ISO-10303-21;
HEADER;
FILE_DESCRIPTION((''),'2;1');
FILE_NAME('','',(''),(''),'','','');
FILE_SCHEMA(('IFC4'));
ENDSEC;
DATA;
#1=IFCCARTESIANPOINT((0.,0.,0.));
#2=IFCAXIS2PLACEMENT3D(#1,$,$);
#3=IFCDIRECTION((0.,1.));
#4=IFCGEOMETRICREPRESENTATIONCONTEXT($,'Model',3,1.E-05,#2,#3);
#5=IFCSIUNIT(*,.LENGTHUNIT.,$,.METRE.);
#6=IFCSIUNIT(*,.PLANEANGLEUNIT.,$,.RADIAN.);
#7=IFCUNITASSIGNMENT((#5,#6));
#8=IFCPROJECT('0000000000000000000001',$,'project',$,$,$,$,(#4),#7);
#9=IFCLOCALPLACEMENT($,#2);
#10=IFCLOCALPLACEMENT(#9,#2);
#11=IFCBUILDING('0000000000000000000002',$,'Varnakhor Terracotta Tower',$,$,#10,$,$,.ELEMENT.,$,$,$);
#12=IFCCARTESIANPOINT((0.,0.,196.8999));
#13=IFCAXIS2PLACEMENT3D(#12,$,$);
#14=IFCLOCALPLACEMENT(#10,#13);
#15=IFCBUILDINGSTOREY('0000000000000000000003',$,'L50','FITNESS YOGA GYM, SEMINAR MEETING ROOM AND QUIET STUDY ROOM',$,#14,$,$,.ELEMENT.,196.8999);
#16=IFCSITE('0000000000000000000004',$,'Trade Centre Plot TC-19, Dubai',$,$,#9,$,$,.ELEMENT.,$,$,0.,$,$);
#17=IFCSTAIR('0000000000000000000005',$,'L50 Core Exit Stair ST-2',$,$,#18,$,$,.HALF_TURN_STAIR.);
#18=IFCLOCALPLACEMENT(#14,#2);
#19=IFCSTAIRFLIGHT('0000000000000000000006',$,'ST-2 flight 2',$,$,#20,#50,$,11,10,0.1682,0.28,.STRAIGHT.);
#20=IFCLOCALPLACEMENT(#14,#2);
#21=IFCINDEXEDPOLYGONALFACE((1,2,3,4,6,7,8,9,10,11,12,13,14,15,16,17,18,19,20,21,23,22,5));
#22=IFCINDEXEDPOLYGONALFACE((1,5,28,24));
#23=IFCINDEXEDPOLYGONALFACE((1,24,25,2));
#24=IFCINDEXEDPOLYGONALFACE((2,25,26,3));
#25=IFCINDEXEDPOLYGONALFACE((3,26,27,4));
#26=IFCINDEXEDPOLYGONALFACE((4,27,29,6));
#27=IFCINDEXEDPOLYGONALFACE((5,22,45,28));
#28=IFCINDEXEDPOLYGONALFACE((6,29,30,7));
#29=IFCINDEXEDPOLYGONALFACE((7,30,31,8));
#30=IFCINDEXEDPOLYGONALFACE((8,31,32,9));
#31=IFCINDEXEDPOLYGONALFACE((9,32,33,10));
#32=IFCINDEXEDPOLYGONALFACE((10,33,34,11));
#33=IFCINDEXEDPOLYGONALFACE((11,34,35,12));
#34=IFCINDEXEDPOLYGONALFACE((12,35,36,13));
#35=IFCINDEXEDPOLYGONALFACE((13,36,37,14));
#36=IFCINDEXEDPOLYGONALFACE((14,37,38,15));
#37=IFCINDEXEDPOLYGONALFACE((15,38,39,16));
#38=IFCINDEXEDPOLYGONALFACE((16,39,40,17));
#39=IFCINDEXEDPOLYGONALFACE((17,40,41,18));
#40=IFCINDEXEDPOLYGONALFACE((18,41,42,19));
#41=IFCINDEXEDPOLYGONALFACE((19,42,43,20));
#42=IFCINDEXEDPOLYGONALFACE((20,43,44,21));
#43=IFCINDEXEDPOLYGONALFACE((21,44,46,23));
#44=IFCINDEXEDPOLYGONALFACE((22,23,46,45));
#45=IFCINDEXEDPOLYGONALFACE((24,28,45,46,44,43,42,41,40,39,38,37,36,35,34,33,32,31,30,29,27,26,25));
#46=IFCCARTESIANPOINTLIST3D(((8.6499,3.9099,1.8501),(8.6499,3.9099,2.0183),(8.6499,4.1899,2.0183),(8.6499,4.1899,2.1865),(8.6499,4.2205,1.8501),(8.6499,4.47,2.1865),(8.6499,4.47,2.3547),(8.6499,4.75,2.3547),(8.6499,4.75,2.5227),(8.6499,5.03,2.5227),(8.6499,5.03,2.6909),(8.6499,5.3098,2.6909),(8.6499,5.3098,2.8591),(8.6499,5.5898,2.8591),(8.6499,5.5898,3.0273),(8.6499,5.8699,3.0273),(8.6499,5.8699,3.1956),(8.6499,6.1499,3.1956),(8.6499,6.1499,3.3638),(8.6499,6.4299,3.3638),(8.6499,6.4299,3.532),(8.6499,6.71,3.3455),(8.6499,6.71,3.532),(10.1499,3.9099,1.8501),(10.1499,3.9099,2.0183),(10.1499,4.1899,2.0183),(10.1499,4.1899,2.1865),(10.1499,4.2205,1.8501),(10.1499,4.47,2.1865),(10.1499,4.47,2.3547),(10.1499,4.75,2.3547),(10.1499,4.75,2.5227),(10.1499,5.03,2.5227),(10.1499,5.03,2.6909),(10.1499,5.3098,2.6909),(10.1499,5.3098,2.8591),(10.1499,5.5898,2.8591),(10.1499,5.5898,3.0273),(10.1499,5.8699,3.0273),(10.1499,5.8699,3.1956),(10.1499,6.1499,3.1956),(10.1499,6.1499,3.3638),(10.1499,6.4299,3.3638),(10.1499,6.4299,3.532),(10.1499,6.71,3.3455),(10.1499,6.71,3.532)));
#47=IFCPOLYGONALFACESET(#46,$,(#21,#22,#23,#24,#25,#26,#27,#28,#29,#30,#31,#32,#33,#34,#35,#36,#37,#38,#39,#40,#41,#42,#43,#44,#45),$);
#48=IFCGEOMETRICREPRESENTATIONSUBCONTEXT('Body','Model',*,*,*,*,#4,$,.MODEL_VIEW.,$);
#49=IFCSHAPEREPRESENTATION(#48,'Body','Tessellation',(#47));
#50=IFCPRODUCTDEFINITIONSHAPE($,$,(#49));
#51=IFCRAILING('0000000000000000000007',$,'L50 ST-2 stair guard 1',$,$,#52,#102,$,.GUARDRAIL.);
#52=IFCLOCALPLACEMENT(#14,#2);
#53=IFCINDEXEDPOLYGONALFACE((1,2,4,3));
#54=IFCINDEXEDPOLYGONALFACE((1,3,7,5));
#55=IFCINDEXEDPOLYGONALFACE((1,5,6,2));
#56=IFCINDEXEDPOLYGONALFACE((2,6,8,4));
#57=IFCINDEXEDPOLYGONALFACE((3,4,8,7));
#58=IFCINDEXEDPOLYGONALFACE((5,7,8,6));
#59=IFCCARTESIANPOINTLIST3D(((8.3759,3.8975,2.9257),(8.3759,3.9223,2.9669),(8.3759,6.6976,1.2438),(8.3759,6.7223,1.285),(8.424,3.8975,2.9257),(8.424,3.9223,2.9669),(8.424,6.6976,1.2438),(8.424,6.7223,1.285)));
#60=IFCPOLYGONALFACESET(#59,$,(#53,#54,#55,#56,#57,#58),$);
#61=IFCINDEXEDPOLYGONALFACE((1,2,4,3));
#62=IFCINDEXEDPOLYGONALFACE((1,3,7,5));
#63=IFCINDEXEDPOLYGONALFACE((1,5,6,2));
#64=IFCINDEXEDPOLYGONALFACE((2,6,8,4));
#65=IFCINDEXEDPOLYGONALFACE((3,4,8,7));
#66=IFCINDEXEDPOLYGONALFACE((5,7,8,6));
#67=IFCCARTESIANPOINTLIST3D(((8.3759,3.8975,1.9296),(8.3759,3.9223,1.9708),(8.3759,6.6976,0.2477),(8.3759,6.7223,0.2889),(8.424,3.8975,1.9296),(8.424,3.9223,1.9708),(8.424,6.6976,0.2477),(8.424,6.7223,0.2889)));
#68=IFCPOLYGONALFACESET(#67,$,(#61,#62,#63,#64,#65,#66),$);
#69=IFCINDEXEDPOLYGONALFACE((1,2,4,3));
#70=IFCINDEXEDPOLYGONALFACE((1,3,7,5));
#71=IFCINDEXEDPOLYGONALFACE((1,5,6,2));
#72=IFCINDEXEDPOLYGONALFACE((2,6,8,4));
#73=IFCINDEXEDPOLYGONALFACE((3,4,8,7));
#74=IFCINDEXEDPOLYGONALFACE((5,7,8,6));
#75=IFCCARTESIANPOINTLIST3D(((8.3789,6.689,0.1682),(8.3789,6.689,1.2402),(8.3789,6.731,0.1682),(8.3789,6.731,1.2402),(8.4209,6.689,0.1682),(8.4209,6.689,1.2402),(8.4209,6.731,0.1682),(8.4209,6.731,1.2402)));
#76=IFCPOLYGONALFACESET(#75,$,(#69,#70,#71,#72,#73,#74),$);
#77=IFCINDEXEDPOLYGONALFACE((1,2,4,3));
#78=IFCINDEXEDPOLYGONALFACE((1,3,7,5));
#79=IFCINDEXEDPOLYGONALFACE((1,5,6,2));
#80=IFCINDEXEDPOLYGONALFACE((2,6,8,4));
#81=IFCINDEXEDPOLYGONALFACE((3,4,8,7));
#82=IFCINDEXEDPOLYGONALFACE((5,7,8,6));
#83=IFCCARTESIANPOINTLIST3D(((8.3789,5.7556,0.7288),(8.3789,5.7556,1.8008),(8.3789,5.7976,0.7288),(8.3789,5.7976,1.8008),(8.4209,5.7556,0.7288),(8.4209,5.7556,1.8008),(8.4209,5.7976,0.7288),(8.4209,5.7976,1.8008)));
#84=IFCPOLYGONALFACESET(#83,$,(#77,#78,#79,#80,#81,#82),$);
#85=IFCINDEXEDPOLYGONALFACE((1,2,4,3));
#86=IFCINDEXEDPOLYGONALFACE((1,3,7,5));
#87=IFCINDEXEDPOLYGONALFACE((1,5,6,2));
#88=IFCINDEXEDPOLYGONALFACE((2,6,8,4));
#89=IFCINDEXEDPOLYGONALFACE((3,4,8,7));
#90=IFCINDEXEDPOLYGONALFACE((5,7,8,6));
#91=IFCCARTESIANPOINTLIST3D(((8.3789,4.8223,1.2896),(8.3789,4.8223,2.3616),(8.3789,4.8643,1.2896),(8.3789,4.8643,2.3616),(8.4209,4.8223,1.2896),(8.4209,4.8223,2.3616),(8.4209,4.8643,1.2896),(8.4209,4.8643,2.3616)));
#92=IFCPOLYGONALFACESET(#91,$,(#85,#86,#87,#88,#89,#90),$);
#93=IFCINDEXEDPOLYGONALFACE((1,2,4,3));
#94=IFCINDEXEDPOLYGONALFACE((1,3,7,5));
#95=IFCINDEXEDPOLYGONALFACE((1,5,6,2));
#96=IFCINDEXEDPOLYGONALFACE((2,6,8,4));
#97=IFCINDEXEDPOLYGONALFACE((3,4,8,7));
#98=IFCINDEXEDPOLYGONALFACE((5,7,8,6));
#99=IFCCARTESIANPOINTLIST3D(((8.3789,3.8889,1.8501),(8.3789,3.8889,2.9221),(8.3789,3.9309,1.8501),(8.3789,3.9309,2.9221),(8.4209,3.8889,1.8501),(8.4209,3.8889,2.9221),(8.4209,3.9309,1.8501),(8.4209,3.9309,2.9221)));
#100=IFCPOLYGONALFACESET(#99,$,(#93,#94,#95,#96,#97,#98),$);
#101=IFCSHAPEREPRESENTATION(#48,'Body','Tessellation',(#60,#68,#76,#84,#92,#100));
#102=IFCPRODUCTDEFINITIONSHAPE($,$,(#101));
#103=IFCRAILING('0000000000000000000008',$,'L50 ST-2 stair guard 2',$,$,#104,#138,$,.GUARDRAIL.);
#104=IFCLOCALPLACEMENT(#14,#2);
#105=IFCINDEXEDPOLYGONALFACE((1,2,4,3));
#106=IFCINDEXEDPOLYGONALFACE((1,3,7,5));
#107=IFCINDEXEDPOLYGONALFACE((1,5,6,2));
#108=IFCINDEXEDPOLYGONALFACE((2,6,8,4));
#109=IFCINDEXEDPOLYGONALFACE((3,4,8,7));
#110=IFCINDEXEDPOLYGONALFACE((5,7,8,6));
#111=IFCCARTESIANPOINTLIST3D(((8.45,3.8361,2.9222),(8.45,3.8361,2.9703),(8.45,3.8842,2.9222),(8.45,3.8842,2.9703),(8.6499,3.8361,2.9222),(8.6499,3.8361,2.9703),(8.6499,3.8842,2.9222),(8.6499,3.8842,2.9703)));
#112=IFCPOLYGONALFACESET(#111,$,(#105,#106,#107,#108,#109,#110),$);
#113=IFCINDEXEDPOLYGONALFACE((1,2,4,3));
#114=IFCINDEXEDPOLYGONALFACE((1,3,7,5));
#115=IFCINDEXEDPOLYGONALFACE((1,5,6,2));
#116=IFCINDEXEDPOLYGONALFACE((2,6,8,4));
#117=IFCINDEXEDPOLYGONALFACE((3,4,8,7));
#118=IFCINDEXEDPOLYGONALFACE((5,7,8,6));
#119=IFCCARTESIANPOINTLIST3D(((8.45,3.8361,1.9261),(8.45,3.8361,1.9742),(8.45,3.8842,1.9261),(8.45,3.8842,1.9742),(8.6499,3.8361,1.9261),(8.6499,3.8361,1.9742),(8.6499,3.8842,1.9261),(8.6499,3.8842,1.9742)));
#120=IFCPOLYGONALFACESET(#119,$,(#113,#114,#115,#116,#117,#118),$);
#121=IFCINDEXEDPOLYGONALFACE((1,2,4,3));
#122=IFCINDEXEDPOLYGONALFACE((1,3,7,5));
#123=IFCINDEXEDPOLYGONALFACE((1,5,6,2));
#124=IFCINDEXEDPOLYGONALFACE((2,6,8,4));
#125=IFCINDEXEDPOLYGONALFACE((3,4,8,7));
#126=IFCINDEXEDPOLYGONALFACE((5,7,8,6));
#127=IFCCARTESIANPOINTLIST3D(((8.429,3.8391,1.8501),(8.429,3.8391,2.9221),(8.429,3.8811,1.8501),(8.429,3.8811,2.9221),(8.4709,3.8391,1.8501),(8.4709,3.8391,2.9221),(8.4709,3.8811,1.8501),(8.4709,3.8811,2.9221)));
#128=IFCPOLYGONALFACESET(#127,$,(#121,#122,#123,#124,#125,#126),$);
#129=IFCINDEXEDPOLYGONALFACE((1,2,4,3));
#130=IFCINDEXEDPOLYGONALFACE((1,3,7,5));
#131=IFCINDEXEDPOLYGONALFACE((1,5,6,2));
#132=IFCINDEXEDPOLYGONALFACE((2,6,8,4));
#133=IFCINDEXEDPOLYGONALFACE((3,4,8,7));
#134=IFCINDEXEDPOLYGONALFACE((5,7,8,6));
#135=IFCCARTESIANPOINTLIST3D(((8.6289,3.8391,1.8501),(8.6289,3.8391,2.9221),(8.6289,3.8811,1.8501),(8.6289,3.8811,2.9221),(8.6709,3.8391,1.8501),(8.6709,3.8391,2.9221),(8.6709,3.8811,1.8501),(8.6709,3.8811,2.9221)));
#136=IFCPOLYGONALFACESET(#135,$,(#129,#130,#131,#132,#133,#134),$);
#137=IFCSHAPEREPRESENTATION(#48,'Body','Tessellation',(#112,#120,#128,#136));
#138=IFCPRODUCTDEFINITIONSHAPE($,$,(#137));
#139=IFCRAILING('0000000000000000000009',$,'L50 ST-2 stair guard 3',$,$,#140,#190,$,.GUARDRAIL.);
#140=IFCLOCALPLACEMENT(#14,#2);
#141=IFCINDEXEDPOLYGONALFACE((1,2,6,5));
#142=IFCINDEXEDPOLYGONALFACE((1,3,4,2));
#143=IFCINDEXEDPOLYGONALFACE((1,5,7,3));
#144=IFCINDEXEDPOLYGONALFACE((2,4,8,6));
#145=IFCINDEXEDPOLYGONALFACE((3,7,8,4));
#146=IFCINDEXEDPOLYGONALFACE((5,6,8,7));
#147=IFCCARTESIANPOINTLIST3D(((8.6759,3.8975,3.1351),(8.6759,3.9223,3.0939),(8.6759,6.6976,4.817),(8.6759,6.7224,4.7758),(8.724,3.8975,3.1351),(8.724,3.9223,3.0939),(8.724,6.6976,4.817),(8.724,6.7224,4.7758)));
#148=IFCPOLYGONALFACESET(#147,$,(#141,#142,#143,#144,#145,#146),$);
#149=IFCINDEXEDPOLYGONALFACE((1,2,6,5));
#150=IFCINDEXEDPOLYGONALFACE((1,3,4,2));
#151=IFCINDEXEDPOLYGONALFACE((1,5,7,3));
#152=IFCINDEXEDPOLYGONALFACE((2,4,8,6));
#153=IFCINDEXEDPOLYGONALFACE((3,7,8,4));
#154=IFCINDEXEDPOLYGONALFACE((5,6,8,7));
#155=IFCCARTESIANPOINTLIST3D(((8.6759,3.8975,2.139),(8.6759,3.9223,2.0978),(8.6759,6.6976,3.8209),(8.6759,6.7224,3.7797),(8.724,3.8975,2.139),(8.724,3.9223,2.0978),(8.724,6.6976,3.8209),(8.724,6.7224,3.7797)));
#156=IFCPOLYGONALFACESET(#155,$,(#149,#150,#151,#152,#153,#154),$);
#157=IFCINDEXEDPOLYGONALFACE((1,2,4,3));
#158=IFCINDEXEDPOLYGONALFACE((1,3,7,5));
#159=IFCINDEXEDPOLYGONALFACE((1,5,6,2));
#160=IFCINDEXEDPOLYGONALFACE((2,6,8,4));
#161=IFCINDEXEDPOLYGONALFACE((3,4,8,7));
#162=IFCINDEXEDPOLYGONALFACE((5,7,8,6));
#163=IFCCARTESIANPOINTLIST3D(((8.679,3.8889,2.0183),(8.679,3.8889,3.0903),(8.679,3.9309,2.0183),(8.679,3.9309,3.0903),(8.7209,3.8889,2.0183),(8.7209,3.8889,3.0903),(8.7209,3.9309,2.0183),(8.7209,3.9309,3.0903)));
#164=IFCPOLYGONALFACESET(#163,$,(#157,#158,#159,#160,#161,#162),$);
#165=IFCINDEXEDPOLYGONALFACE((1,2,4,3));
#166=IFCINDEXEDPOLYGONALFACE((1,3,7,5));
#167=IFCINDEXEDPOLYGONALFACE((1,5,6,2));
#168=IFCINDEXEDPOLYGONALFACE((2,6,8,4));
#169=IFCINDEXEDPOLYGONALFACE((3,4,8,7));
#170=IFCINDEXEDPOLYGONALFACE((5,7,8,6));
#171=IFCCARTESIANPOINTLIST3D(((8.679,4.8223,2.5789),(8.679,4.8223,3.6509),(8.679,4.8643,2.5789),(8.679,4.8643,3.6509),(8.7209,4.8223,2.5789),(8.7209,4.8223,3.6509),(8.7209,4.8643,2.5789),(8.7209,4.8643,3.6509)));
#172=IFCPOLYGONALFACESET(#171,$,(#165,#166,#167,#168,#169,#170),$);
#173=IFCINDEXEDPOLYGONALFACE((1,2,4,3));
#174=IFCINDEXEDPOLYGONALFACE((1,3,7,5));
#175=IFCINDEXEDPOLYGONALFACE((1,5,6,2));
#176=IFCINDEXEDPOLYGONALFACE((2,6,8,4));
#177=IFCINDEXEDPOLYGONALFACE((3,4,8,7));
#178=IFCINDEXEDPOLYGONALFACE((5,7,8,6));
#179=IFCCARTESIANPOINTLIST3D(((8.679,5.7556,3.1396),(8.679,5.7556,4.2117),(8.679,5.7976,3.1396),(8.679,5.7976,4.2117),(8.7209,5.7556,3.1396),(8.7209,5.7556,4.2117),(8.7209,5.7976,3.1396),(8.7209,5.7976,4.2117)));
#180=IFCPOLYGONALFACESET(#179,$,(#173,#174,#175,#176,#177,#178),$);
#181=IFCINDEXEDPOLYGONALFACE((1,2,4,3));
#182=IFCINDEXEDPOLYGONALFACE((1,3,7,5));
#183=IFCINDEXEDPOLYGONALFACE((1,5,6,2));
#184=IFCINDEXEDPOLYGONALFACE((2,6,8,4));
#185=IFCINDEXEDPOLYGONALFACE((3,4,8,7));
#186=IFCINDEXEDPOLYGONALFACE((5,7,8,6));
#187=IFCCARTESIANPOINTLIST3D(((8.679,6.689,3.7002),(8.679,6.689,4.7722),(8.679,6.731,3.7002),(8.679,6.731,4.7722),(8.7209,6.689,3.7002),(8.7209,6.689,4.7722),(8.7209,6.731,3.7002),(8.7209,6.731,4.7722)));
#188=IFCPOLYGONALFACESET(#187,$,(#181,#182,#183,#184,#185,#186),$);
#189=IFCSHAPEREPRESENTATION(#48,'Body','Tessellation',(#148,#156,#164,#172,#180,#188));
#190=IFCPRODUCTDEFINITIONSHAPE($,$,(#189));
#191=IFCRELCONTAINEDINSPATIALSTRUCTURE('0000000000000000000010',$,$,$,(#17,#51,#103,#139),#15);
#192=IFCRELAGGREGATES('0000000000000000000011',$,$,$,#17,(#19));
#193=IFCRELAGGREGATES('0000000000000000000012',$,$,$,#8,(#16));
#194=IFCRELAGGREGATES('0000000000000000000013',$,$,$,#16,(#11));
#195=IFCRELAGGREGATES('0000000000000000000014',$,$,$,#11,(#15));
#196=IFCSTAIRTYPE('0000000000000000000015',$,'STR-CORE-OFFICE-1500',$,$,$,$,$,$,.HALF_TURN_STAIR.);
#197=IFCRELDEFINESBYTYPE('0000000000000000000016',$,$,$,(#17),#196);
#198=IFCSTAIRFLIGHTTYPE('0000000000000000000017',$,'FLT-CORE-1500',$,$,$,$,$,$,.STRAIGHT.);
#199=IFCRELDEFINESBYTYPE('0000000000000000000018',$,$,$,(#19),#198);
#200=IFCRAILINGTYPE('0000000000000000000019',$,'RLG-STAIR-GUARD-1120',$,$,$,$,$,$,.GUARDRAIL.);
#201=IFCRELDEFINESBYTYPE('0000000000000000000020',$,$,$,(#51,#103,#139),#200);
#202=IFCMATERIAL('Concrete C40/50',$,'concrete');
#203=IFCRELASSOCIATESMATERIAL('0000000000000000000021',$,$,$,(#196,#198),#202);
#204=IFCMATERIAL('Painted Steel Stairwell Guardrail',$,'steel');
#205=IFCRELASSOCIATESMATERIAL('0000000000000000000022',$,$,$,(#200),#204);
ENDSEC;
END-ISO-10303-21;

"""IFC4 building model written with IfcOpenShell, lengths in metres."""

from ifc_helpers import new_model, si_unit, direction, frame, origin, origin_2d, place, context, subcontext, project, spatial, polyline, rectangle, outline, extrude, material, type_object, element, aggregate, save


model = new_model("IFC4")

# Units and contexts
model_context = context("Model", 3, precision=1e-05, world=origin(), true_north=direction((0.0, 1.0)))
body_context = subcontext(model_context, "Body", "Model", "MODEL_VIEW")
ifc_project = project(units=[si_unit("LENGTHUNIT", "METRE"), si_unit("PLANEANGLEUNIT", "RADIAN")], contexts=[model_context])

# Site, building, storey
site_placement = place(None, origin())
site = spatial("IfcSite", under=ifc_project, at=site_placement, Name="Trade Centre Plot TC-19, Dubai", CompositionType="ELEMENT", RefElevation=0.0)
building_placement = place(site_placement, origin())
building = spatial("IfcBuilding", under=site, at=building_placement, Name="Varnakhor Terracotta Tower", CompositionType="ELEMENT")
storey_placement = place(building_placement, frame((0.0, 0.0, 196.8999)))
storey = spatial("IfcBuildingStorey", under=building, at=storey_placement, Name="L50", Description="FITNESS YOGA GYM, SEMINAR MEETING ROOM AND QUIET STUDY ROOM", CompositionType="ELEMENT", Elevation=196.8999)

# Stair
ifc_material_1 = material(Name="Concrete C40/50", Category="concrete")
stair_type = type_object("IfcStairType", Name="STR-CORE-OFFICE-1500", PredefinedType="HALF_TURN_STAIR", material=ifc_material_1)
stair_1_placement = place(storey_placement, origin())
stair_1 = element("IfcStair", 1, at=stair_1_placement, inside=storey, type_object=stair_type, Name="L50 Core Exit Stair ST-2", PredefinedType="HALF_TURN_STAIR")

# Stair flight
stair_flight_type = type_object("IfcStairFlightType", Name="FLT-CORE-1500", PredefinedType="STRAIGHT", material=ifc_material_1)
stair_flight_1_placement = place(storey_placement, frame((9.3999, 3.9099, 1.8501), z_axis=(0.0, 0.0, 1.0), x_axis=(0.0, 1.0, 0.0)))
stair_flight_1 = element("IfcStairFlight", 2, at=stair_flight_1_placement, type_object=stair_flight_type, Name="ST-2 flight 2", NumberOfRisers=11, NumberOfTreads=10, PredefinedType="STRAIGHT", RiserHeight=0.1682, TreadLength=0.28, context=body_context, shape_type="SweptSolid", body=[
    extrude(outline(polyline([(0.0, 0.0), (0.0, 0.1682), (0.28, 0.1682), (0.28, 0.3364), (0.5601, 0.3364), (0.5601, 0.5046), (0.8401, 0.5046), (0.8401, 0.6726), (1.1201, 0.6726), (1.1201, 0.8408), (1.3999, 0.8408), (1.3999, 1.009), (1.6799, 1.009), (1.6799, 1.1772), (1.96, 1.1772), (1.96, 1.3455), (2.24, 1.3455), (2.24, 1.5137), (2.52, 1.5137), (2.52, 1.6819), (2.8, 1.6819), (2.8, 1.8501), (2.8, 1.4954), (0.3105, 0.0), (0.0, 0.0)])), frame((0.0, 0.75, 0.0), z_axis=(0.0, -1.0, 0.0), x_axis=(1.0, 0.0, 0.0)), (0.0, 0.0, 1.0), 1.5),
])
aggregate(stair_1, [stair_flight_1])

# Railings
ifc_material_2 = material(Name="Painted Steel Stairwell Guardrail", Category="steel")
railing_type_1 = type_object("IfcRailingType", Name="RLG-STAIR-GUARD-1120", PredefinedType="GUARDRAIL", material=ifc_material_2)
railing_1_placement = place(storey_placement, frame((8.3999, 6.71, 0.1682)))
element("IfcRailing", 3, at=railing_1_placement, inside=storey, type_object=railing_type_1, Name="L50 ST-2 stair guard 1", PredefinedType="GUARDRAIL", context=body_context, shape_type="SweptSolid", body=[
    extrude(rectangle(XDim=0.0481, YDim=0.0481, at=origin_2d()), frame((0.0, 0.0, 1.0962), z_axis=(0.0, -0.857242, 0.514913), x_axis=(1.0, 0.0, 0.0)), (0.0, 0.0, 1.0), 3.2664),
    extrude(rectangle(XDim=0.0481, YDim=0.0481, at=origin_2d()), frame((0.0, 0.0, 0.1001), z_axis=(0.0, -0.857242, 0.514913), x_axis=(1.0, 0.0, 0.0)), (0.0, 0.0, 1.0), 3.2664),
    extrude(rectangle(XDim=0.042, YDim=0.042, at=origin_2d()), origin(), (0.0, 0.0, 1.0), 1.072),
    extrude(rectangle(XDim=0.042, YDim=0.042, at=origin_2d()), frame((0.0, -0.9333, 0.5605)), (0.0, 0.0, 1.0), 1.072),
    extrude(rectangle(XDim=0.042, YDim=0.042, at=origin_2d()), frame((0.0, -1.8667, 1.1213)), (0.0, 0.0, 1.0), 1.072),
    extrude(rectangle(XDim=0.042, YDim=0.042, at=origin_2d()), frame((0.0, -2.8, 1.6819)), (0.0, 0.0, 1.0), 1.072),
])
railing_2_placement = place(storey_placement, frame((8.45, 3.8601, 1.8501)))
element("IfcRailing", 4, at=railing_2_placement, inside=storey, type_object=railing_type_1, Name="L50 ST-2 stair guard 2", PredefinedType="GUARDRAIL", context=body_context, shape_type="SweptSolid", body=[
    extrude(rectangle(XDim=0.0481, YDim=0.0481, at=origin_2d()), frame((0.0, 0.0, 1.0962), z_axis=(1.0, 0.0, 0.0), x_axis=(0.0, 1.0, 0.0)), (0.0, 0.0, 1.0), 0.2),
    extrude(rectangle(XDim=0.0481, YDim=0.0481, at=origin_2d()), frame((0.0, 0.0, 0.1001), z_axis=(1.0, 0.0, 0.0), x_axis=(0.0, 1.0, 0.0)), (0.0, 0.0, 1.0), 0.2),
    extrude(rectangle(XDim=0.042, YDim=0.042, at=origin_2d()), origin(), (0.0, 0.0, 1.0), 1.072),
    extrude(rectangle(XDim=0.042, YDim=0.042, at=origin_2d()), frame((0.2, 0.0, 0.0)), (0.0, 0.0, 1.0), 1.072),
])
railing_3_placement = place(storey_placement, frame((8.7, 3.9099, 2.0183)))
element("IfcRailing", 5, at=railing_3_placement, inside=storey, type_object=railing_type_1, Name="L50 ST-2 stair guard 3", PredefinedType="GUARDRAIL", context=body_context, shape_type="SweptSolid", body=[
    extrude(rectangle(XDim=0.0481, YDim=0.0481, at=origin_2d()), frame((0.0, 0.0, 1.0962), z_axis=(0.0, 0.857242, 0.514913), x_axis=(-1.0, 0.0, 0.0)), (0.0, 0.0, 1.0), 3.2664),
    extrude(rectangle(XDim=0.0481, YDim=0.0481, at=origin_2d()), frame((0.0, 0.0, 0.1001), z_axis=(0.0, 0.857242, 0.514913), x_axis=(-1.0, 0.0, 0.0)), (0.0, 0.0, 1.0), 3.2664),
    extrude(rectangle(XDim=0.042, YDim=0.042, at=origin_2d()), origin(), (0.0, 0.0, 1.0), 1.072),
    extrude(rectangle(XDim=0.042, YDim=0.042, at=origin_2d()), frame((0.0, 0.9333, 0.5605)), (0.0, 0.0, 1.0), 1.072),
    extrude(rectangle(XDim=0.042, YDim=0.042, at=origin_2d()), frame((0.0, 1.8667, 1.1213)), (0.0, 0.0, 1.0), 1.072),
    extrude(rectangle(XDim=0.042, YDim=0.042, at=origin_2d()), frame((0.0, 2.8, 1.6819)), (0.0, 0.0, 1.0), 1.072),
])

save(model, "model.ifc")
